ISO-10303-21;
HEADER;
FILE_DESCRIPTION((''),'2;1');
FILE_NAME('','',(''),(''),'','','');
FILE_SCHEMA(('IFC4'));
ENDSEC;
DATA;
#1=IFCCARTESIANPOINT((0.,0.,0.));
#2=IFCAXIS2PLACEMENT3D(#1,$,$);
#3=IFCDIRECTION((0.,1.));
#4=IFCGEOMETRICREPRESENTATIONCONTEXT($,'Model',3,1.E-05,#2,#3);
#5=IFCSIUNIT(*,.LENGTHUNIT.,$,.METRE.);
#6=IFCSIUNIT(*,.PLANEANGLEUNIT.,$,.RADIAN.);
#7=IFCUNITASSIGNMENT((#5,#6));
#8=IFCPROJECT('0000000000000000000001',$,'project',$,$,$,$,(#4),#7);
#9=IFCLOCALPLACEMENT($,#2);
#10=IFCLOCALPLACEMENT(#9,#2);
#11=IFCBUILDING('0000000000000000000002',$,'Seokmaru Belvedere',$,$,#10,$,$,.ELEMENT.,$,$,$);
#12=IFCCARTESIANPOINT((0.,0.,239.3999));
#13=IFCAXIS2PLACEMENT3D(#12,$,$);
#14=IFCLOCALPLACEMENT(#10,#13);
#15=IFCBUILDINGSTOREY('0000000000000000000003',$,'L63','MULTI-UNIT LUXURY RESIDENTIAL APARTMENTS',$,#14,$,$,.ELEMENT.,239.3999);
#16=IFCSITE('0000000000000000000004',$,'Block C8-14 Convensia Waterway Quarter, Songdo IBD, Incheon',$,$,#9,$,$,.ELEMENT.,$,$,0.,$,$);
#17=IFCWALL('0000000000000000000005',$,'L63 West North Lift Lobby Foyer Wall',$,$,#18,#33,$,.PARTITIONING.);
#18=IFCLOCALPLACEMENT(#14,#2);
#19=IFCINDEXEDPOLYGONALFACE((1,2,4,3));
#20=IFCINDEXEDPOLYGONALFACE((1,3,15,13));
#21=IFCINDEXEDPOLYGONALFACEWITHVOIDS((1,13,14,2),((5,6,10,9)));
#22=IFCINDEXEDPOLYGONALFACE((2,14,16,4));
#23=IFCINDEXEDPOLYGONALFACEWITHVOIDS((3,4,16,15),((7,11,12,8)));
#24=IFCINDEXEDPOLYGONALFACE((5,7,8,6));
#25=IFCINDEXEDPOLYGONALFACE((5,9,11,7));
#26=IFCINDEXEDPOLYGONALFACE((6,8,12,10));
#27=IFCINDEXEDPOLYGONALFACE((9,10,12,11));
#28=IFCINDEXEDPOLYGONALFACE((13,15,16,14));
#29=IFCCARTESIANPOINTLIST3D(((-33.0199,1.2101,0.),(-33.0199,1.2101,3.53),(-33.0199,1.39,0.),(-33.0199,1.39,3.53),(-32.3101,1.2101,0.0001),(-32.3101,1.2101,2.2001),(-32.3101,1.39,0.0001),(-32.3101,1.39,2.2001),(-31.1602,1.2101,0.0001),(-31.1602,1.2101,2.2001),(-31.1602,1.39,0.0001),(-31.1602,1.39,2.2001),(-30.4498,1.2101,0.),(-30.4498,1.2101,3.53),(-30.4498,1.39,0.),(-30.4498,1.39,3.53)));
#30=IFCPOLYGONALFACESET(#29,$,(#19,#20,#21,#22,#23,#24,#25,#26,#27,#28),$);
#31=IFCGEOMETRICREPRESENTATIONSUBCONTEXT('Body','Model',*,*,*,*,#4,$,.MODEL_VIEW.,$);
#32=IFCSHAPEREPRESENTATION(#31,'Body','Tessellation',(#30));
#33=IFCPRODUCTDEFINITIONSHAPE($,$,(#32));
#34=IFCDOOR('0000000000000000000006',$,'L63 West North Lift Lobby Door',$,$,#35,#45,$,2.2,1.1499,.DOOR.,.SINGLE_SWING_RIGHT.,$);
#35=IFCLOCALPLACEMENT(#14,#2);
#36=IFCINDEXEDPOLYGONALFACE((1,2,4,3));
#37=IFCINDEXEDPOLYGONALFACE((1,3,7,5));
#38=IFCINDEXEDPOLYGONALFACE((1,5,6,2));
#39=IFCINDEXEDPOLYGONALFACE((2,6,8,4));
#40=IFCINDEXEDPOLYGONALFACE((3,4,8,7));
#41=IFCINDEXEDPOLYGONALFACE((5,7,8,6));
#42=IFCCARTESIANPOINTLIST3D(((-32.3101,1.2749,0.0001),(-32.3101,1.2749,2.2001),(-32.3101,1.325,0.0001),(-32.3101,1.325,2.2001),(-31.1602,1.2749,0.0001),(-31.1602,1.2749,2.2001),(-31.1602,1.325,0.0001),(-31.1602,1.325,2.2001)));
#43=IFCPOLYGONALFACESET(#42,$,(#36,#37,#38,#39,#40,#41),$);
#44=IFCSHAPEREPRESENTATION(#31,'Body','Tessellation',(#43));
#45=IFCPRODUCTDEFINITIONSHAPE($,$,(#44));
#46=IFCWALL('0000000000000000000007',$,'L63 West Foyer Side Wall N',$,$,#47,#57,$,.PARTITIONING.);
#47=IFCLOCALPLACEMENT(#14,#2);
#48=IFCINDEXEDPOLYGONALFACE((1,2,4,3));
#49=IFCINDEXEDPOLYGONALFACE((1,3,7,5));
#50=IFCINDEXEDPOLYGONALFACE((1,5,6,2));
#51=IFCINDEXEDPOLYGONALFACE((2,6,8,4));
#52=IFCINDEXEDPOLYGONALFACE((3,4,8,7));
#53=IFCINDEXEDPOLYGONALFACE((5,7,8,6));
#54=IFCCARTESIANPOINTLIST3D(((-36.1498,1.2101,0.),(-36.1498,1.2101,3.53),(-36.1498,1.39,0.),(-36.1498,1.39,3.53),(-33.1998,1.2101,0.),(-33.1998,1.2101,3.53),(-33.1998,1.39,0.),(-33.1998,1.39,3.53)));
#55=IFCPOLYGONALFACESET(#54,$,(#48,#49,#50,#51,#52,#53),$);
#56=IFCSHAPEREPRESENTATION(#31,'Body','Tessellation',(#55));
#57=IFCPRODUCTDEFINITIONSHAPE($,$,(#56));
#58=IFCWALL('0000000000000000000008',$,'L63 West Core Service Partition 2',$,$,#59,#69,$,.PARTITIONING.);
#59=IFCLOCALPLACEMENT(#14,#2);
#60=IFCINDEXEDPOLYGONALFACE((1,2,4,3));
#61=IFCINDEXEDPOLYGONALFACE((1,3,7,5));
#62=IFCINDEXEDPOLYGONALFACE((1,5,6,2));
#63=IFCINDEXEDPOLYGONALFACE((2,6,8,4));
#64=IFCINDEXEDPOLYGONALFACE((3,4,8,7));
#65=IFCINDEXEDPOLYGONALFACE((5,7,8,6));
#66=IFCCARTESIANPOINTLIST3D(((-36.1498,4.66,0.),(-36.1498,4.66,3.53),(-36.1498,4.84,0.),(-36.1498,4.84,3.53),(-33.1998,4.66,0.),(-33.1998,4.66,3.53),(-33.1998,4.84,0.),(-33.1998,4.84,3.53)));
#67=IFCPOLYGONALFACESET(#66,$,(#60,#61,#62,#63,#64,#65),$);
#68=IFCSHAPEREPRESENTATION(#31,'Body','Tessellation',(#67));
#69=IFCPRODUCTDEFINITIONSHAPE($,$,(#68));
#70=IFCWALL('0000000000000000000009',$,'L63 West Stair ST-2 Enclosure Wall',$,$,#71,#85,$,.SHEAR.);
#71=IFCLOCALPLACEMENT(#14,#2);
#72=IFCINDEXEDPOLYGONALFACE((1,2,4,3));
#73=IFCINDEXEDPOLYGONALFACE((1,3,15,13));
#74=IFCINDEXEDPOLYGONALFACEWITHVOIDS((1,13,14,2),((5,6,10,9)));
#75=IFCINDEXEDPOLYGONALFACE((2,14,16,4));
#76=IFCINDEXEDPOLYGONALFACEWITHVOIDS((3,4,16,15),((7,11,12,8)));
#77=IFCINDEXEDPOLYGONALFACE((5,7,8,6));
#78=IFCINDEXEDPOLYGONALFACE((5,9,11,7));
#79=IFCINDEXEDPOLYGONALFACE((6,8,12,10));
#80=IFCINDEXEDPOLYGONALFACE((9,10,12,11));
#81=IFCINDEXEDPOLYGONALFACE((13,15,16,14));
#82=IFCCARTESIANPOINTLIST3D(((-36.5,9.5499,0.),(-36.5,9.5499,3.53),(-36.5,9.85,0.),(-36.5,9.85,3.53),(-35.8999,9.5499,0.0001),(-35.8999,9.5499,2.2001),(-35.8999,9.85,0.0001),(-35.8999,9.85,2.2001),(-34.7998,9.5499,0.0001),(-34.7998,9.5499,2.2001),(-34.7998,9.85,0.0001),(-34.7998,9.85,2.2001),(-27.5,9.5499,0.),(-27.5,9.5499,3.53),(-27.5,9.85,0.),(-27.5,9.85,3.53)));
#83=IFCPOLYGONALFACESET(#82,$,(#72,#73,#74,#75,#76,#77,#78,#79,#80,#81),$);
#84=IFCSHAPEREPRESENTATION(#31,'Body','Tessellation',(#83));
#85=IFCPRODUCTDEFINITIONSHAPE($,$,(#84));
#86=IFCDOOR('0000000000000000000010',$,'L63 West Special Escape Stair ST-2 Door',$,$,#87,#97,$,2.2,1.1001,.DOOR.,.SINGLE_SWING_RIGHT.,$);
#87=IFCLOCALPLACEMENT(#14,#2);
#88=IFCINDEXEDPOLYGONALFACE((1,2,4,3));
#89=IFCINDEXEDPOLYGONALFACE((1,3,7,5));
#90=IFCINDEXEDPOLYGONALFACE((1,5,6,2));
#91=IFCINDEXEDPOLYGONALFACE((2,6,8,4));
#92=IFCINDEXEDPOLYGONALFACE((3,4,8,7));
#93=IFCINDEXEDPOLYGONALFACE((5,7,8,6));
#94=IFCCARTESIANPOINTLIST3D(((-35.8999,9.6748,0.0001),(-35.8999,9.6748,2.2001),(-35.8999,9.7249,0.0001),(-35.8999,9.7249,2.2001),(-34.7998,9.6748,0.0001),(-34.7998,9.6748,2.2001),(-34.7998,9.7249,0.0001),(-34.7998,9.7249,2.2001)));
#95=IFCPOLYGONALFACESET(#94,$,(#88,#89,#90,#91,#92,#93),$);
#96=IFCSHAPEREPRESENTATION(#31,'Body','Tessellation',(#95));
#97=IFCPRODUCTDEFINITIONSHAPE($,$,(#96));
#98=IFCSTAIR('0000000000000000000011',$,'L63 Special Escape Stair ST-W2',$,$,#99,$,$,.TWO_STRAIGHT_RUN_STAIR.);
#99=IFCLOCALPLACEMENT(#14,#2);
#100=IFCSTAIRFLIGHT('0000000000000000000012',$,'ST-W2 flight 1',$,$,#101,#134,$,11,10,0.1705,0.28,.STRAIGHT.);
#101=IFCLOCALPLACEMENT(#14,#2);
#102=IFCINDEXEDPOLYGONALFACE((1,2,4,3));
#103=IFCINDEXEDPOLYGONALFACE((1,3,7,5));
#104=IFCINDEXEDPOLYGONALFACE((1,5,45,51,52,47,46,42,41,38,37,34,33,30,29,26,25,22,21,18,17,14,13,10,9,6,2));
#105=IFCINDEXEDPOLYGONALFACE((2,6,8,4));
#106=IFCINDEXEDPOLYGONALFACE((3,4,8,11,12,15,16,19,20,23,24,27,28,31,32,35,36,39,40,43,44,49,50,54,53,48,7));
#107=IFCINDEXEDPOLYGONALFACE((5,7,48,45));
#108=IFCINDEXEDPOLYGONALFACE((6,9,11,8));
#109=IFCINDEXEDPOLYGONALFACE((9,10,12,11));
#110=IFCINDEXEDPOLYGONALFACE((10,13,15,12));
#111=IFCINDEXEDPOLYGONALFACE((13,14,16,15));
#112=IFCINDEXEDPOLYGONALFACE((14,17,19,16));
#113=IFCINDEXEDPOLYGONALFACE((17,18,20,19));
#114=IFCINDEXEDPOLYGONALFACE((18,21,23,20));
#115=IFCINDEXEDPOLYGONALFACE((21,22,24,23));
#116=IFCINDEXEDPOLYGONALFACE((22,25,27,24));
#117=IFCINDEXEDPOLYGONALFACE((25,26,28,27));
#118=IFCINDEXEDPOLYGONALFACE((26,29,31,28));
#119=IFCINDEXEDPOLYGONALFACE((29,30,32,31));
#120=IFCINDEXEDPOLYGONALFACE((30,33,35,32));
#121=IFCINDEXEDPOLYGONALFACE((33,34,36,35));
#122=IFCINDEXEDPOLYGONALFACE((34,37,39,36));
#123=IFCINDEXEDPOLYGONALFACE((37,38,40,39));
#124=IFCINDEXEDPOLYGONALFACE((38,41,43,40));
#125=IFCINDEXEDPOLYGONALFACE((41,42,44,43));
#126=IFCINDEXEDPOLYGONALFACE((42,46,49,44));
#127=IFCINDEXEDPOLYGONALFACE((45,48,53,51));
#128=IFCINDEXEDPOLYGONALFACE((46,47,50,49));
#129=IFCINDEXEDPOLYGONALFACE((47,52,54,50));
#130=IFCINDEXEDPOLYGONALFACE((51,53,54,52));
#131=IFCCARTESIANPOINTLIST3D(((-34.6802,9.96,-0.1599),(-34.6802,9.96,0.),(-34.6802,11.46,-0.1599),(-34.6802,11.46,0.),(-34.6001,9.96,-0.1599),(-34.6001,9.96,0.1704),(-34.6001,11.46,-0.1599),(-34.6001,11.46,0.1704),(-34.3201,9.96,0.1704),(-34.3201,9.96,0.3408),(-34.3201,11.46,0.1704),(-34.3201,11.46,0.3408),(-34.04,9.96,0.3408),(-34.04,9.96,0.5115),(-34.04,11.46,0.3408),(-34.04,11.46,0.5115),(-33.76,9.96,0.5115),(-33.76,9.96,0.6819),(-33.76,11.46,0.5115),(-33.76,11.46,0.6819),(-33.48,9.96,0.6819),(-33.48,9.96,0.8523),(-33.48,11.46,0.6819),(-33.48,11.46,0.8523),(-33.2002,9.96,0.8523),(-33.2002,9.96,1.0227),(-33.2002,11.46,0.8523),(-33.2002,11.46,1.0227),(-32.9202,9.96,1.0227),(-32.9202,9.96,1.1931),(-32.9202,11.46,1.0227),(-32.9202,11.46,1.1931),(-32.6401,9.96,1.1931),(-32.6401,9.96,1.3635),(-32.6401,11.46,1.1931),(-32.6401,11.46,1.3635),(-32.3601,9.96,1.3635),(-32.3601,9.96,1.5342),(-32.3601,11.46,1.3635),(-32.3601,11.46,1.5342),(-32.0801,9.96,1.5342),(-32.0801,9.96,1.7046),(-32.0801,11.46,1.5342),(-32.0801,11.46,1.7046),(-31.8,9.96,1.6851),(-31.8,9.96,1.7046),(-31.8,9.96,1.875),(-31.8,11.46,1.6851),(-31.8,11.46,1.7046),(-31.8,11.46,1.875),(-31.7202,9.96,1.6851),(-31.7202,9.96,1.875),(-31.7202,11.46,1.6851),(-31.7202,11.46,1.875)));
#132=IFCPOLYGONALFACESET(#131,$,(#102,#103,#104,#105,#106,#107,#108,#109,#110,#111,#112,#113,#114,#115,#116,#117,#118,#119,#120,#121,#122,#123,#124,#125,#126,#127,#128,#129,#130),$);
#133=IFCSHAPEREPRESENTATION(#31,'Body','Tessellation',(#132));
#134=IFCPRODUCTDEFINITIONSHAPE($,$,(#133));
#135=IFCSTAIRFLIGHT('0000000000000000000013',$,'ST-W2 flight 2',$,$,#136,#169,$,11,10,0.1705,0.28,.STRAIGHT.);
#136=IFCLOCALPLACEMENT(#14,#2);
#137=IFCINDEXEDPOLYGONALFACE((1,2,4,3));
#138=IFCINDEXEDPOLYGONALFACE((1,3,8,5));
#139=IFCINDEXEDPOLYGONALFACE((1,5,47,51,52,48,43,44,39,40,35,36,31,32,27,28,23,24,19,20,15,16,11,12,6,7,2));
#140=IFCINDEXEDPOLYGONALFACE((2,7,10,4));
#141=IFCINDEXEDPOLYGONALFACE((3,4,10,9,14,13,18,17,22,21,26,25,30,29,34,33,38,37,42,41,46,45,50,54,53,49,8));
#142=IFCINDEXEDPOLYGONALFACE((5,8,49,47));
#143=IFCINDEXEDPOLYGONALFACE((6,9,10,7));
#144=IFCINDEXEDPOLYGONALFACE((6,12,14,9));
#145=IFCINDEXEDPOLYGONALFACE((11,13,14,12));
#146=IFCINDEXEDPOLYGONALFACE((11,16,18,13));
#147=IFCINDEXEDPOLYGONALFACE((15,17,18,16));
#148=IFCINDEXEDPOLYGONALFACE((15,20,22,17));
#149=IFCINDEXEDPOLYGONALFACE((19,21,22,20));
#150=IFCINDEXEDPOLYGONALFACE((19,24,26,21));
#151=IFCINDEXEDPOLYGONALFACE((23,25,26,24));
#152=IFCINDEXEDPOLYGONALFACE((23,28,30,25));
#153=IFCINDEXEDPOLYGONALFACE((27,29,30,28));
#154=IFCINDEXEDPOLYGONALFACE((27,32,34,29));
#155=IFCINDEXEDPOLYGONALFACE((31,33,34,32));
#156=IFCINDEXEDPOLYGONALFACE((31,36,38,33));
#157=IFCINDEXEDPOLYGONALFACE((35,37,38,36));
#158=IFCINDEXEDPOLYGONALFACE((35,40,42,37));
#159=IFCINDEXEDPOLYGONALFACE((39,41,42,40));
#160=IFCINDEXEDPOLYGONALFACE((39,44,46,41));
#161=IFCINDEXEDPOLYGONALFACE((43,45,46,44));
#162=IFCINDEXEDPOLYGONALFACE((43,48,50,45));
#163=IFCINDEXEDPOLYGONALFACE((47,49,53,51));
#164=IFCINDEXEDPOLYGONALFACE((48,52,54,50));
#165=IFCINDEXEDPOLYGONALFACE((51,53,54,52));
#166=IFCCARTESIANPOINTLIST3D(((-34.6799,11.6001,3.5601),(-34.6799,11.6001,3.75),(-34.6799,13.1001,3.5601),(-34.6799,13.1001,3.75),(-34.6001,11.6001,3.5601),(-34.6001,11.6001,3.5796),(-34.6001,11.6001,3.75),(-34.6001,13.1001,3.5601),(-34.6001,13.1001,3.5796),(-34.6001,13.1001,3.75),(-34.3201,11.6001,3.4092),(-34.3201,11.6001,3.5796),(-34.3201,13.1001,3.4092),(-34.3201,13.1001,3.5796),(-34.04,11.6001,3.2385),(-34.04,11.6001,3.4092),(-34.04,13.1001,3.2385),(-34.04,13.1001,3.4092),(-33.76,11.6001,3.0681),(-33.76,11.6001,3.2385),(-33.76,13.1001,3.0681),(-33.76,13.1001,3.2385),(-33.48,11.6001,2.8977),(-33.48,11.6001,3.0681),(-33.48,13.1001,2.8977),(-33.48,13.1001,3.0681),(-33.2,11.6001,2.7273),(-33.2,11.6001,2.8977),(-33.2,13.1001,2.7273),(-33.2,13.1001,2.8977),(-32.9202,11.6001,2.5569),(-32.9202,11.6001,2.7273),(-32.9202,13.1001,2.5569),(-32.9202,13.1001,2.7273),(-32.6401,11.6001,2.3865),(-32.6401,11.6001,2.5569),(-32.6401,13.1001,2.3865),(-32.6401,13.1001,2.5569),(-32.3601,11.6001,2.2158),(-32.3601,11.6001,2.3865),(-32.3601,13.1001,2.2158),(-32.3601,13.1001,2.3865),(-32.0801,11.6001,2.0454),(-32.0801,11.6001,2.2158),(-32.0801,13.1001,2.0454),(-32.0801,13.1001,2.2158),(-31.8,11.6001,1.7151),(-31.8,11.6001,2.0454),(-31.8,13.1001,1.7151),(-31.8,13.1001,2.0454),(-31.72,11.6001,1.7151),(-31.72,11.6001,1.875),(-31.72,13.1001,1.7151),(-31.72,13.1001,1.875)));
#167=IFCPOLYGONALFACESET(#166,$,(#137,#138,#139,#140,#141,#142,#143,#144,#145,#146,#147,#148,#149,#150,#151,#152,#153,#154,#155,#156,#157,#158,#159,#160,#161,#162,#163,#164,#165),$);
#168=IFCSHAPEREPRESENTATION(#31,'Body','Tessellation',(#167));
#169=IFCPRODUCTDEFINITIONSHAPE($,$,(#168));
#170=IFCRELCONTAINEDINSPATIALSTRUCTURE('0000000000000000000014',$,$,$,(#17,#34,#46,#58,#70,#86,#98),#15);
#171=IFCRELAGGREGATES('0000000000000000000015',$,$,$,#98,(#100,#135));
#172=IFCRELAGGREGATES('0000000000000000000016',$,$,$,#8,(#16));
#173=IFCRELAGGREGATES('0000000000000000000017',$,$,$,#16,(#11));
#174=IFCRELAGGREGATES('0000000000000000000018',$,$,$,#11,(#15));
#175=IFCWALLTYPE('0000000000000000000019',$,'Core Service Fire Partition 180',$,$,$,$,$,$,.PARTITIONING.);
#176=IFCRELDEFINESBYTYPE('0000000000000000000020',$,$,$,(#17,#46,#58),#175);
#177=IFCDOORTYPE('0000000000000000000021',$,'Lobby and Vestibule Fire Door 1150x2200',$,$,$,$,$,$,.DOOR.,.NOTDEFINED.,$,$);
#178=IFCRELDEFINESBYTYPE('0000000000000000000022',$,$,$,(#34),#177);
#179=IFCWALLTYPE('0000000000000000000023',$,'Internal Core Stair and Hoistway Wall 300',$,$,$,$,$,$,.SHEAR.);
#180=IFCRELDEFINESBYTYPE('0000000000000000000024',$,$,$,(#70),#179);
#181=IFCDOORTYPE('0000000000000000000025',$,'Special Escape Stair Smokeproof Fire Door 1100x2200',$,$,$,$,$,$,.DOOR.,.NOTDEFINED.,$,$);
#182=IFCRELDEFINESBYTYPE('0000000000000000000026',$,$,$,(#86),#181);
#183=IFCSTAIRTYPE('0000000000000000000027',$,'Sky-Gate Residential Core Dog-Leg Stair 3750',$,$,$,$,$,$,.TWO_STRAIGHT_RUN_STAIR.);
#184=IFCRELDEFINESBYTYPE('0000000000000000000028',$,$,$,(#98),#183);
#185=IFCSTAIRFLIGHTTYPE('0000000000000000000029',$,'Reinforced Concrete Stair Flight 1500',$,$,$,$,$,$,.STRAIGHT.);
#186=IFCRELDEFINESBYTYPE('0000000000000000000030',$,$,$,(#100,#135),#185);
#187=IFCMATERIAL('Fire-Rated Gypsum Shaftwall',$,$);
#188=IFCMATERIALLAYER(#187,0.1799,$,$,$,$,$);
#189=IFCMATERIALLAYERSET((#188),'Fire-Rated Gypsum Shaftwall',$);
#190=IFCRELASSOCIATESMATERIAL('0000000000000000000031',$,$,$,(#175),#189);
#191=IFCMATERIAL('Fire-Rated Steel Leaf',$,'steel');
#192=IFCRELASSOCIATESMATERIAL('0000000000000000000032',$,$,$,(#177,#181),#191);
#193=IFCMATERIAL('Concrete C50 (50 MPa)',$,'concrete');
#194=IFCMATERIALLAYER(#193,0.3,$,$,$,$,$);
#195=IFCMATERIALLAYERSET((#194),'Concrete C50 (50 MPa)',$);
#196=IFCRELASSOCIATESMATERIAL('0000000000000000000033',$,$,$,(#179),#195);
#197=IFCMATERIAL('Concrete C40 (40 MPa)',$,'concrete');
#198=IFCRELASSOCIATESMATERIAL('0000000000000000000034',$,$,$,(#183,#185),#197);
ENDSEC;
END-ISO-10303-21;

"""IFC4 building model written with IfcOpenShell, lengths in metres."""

from ifc_helpers import new_model, si_unit, direction, frame, frame_2d, origin, place, context, subcontext, project, spatial, polyline, rectangle, outline, extrude, source, transform, mapped, material, layer, layer_set, type_object, type_shapes, element, fill, aggregate, save


model = new_model("IFC4")

# Units and contexts
model_context = context("Model", 3, precision=1e-05, world=origin(), true_north=direction((0.0, 1.0)))
body_context = subcontext(model_context, "Body", "Model", "MODEL_VIEW")
ifc_project = project(units=[si_unit("LENGTHUNIT", "METRE"), si_unit("PLANEANGLEUNIT", "RADIAN")], contexts=[model_context])

# Site, building, storey
site_placement = place(None, origin())
site = spatial("IfcSite", under=ifc_project, at=site_placement, Name="Block C8-14 Convensia Waterway Quarter, Songdo IBD, Incheon", CompositionType="ELEMENT", RefElevation=0.0)
building_placement = place(site_placement, origin())
building = spatial("IfcBuilding", under=site, at=building_placement, Name="Seokmaru Belvedere", CompositionType="ELEMENT")
storey_placement = place(building_placement, frame((0.0, 0.0, 239.3999)))
storey = spatial("IfcBuildingStorey", under=building, at=storey_placement, Name="L63", Description="MULTI-UNIT LUXURY RESIDENTIAL APARTMENTS", CompositionType="ELEMENT", Elevation=239.3999)

# Shared definitions
ifc_material_1 = material(Name="Fire-Rated Gypsum Shaftwall")

# Shared definitions
ifc_layer_1 = layer(ifc_material_1, 0.1799)
ifc_layer_set_1 = layer_set([ifc_layer_1], Name="Fire-Rated Gypsum Shaftwall")
wall_type_1 = type_object("IfcWallType", Name="Core Service Fire Partition 180", PredefinedType="PARTITIONING", material=ifc_layer_set_1)

# Wall, opening, door
wall_1_placement = place(storey_placement, frame((-33.02, 1.3, 0.0), z_axis=(0.0, 0.0, 1.0), x_axis=(1.0, 0.0, 0.0)))
wall_1 = element("IfcWall", 1, at=wall_1_placement, inside=storey, type_object=wall_type_1, Name="L63 West North Lift Lobby Foyer Wall", PredefinedType="PARTITIONING", context=body_context, shape_type="SweptSolid", body=[
    extrude(rectangle(XDim=2.5701, YDim=0.1799, at=frame_2d((1.2852, 0.0))), origin(), (0.0, 0.0, 1.0), 3.53),
])
opening_1_placement = place(wall_1_placement, frame((0.71, 0.0, 0.0)))
opening_1 = element("IfcOpeningElement", 2, at=opening_1_placement, cuts=wall_1, PredefinedType="OPENING", context=body_context, shape_type="SweptSolid", body=[
    extrude(rectangle(XDim=1.1499, YDim=2.2, at=frame_2d((0.575, 1.1001))), frame((0.0, 0.1001, 0.0), z_axis=(0.0, -1.0, 0.0), x_axis=(1.0, 0.0, 0.0)), (0.0, 0.0, 1.0), 0.2),
])
ifc_material_2 = material(Name="Fire-Rated Steel Leaf", Category="steel")
door_type_1 = type_object("IfcDoorType", Name="Lobby and Vestibule Fire Door 1150x2200", OperationType="NOTDEFINED", PredefinedType="DOOR", material=ifc_material_2)
shared_shape_1 = source(origin(), body_context, "Body", "SweptSolid", [
    extrude(rectangle(XDim=1.1499, YDim=2.2, at=frame_2d((0.575, 1.1001))), frame((0.0, 0.0249, 0.0), z_axis=(0.0, -1.0, 0.0), x_axis=(1.0, 0.0, 0.0)), (0.0, 0.0, 1.0), 0.05),
])
type_shapes(door_type_1, [shared_shape_1])
door_1_placement = place(opening_1_placement, origin())
door_1 = element("IfcDoor", 3, at=door_1_placement, inside=storey, type_object=door_type_1, Name="L63 West North Lift Lobby Door", OperationType="SINGLE_SWING_RIGHT", OverallHeight=2.2, OverallWidth=1.1499, PredefinedType="DOOR", context=body_context, shape_type="MappedRepresentation", body=[
    mapped(shared_shape_1, transform((0.0, 0.0, 0.0), scale=1.0)),
])
fill(opening_1, door_1)

# Walls
for number, where, z_axis, x_axis, name in (
    (4, (-36.1499, 1.3, 0.0), (0.0, 0.0, 1.0), (1.0, 0.0, 0.0), "L63 West Foyer Side Wall N"),
    (5, (-36.1499, 4.75, 0.0), (0.0, 0.0, 1.0), (1.0, 0.0, 0.0), "L63 West Core Service Partition 2"),
):
    element("IfcWall", number, at=place(storey_placement, frame(where, z_axis=z_axis, x_axis=x_axis)), inside=storey, type_object=wall_type_1, Name=name, PredefinedType="PARTITIONING", context=body_context, shape_type="SweptSolid", body=[
        extrude(rectangle(XDim=2.95, YDim=0.1799, at=frame_2d((1.4751, 0.0))), origin(), (0.0, 0.0, 1.0), 3.53),
    ])

# Wall, opening, door
ifc_material_3 = material(Name="Concrete C50 (50 MPa)", Category="concrete")
ifc_layer_2 = layer(ifc_material_3, 0.3)
ifc_layer_set_2 = layer_set([ifc_layer_2], Name="Concrete C50 (50 MPa)")
wall_type_2 = type_object("IfcWallType", Name="Internal Core Stair and Hoistway Wall 300", PredefinedType="SHEAR", material=ifc_layer_set_2)
wall_2_placement = place(storey_placement, frame((-36.5, 9.7, 0.0), z_axis=(0.0, 0.0, 1.0), x_axis=(1.0, 0.0, 0.0)))
wall_2 = element("IfcWall", 6, at=wall_2_placement, inside=storey, type_object=wall_type_2, Name="L63 West Stair ST-2 Enclosure Wall", PredefinedType="SHEAR", context=body_context, shape_type="SweptSolid", body=[
    extrude(rectangle(XDim=9.0, YDim=0.3, at=frame_2d((4.5, 0.0))), origin(), (0.0, 0.0, 1.0), 3.53),
])
opening_2_placement = place(wall_2_placement, frame((0.6001, 0.0, 0.0)))
opening_2 = element("IfcOpeningElement", 7, at=opening_2_placement, cuts=wall_2, PredefinedType="OPENING", context=body_context, shape_type="SweptSolid", body=[
    extrude(rectangle(XDim=1.1001, YDim=2.2, at=frame_2d((0.55, 1.1001))), frame((0.0, 0.1602, 0.0), z_axis=(0.0, -1.0, 0.0), x_axis=(1.0, 0.0, 0.0)), (0.0, 0.0, 1.0), 0.3201),
])
door_type_2 = type_object("IfcDoorType", Name="Special Escape Stair Smokeproof Fire Door 1100x2200", OperationType="NOTDEFINED", PredefinedType="DOOR", material=ifc_material_2)
shared_shape_2 = source(origin(), body_context, "Body", "SweptSolid", [
    extrude(rectangle(XDim=1.1001, YDim=2.2, at=frame_2d((0.55, 1.1001))), frame((0.0, 0.0249, 0.0), z_axis=(0.0, -1.0, 0.0), x_axis=(1.0, 0.0, 0.0)), (0.0, 0.0, 1.0), 0.05),
])
type_shapes(door_type_2, [shared_shape_2])
door_2_placement = place(opening_2_placement, origin())
door_2 = element("IfcDoor", 8, at=door_2_placement, inside=storey, type_object=door_type_2, Name="L63 West Special Escape Stair ST-2 Door", OperationType="SINGLE_SWING_RIGHT", OverallHeight=2.2, OverallWidth=1.1001, PredefinedType="DOOR", context=body_context, shape_type="MappedRepresentation", body=[
    mapped(shared_shape_2, transform((0.0, 0.0, 0.0), scale=1.0)),
])
fill(opening_2, door_2)

# Stair, stair flights
ifc_material_4 = material(Name="Concrete C40 (40 MPa)", Category="concrete")
stair_type = type_object("IfcStairType", Name="Sky-Gate Residential Core Dog-Leg Stair 3750", PredefinedType="TWO_STRAIGHT_RUN_STAIR", material=ifc_material_4)
stair_placement = place(storey_placement, origin())
stair = element("IfcStair", 9, at=stair_placement, inside=storey, type_object=stair_type, Name="L63 Special Escape Stair ST-W2", PredefinedType="TWO_STRAIGHT_RUN_STAIR")
stair_flight_type = type_object("IfcStairFlightType", Name="Reinforced Concrete Stair Flight 1500", PredefinedType="STRAIGHT", material=ifc_material_4)
stair_flight_1_placement = place(storey_placement, frame((-34.6001, 10.71, 0.0), z_axis=(0.0, 0.0, 1.0), x_axis=(1.0, 0.0, 0.0)))
stair_flight_1 = element("IfcStairFlight", 10, at=stair_flight_1_placement, type_object=stair_flight_type, Name="ST-W2 flight 1", NumberOfRisers=11, NumberOfTreads=10, PredefinedType="STRAIGHT", RiserHeight=0.1705, TreadLength=0.28, context=body_context, shape_type="SweptSolid", body=[
    extrude(outline(polyline([(-0.0801, 0.0), (0.0, 0.1704), (0.28, 0.1704), (0.28, 0.3408), (0.5601, 0.3408), (0.5601, 0.5115), (0.8401, 0.5115), (0.8401, 0.6819), (1.1201, 0.6819), (1.1201, 0.8523), (1.3999, 0.8523), (1.3999, 1.0227), (1.6799, 1.0227), (1.6799, 1.1931), (1.96, 1.1931), (1.96, 1.3635), (2.24, 1.3635), (2.24, 1.5342), (2.52, 1.5342), (2.52, 1.7046), (2.8, 1.7046), (2.8, 1.875), (2.8799, 1.875), (2.8799, 1.6851), (2.8, 1.6851), (0.0, -0.1599), (-0.0801, -0.1599), (-0.0801, 0.0)])), frame((0.0, 0.75, 0.0), z_axis=(0.0, -1.0, 0.0), x_axis=(1.0, 0.0, 0.0)), (0.0, 0.0, 1.0), 1.5),
])
stair_flight_2_placement = place(storey_placement, frame((-31.8, 12.3501, 1.875), z_axis=(0.0, 0.0, 1.0), x_axis=(-1.0, 0.0, 0.0)))
stair_flight_2 = element("IfcStairFlight", 11, at=stair_flight_2_placement, type_object=stair_flight_type, Name="ST-W2 flight 2", NumberOfRisers=11, NumberOfTreads=10, PredefinedType="STRAIGHT", RiserHeight=0.1705, TreadLength=0.28, context=body_context, shape_type="SweptSolid", body=[
    extrude(outline(polyline([(-0.0801, 0.0), (0.0, 0.1704), (0.28, 0.1704), (0.28, 0.3408), (0.5601, 0.3408), (0.5601, 0.5115), (0.8401, 0.5115), (0.8401, 0.6819), (1.1201, 0.6819), (1.1201, 0.8523), (1.3999, 0.8523), (1.3999, 1.0227), (1.6799, 1.0227), (1.6799, 1.1931), (1.96, 1.1931), (1.96, 1.3635), (2.24, 1.3635), (2.24, 1.5342), (2.52, 1.5342), (2.52, 1.7046), (2.8, 1.7046), (2.8, 1.875), (2.8799, 1.875), (2.8799, 1.6851), (2.8, 1.6851), (0.0, -0.1599), (-0.0801, -0.1599), (-0.0801, 0.0)])), frame((0.0, 0.75, 0.0), z_axis=(0.0, -1.0, 0.0), x_axis=(1.0, 0.0, 0.0)), (0.0, 0.0, 1.0), 1.5),
])
aggregate(stair, [stair_flight_1, stair_flight_2])

save(model, "model.ifc")
